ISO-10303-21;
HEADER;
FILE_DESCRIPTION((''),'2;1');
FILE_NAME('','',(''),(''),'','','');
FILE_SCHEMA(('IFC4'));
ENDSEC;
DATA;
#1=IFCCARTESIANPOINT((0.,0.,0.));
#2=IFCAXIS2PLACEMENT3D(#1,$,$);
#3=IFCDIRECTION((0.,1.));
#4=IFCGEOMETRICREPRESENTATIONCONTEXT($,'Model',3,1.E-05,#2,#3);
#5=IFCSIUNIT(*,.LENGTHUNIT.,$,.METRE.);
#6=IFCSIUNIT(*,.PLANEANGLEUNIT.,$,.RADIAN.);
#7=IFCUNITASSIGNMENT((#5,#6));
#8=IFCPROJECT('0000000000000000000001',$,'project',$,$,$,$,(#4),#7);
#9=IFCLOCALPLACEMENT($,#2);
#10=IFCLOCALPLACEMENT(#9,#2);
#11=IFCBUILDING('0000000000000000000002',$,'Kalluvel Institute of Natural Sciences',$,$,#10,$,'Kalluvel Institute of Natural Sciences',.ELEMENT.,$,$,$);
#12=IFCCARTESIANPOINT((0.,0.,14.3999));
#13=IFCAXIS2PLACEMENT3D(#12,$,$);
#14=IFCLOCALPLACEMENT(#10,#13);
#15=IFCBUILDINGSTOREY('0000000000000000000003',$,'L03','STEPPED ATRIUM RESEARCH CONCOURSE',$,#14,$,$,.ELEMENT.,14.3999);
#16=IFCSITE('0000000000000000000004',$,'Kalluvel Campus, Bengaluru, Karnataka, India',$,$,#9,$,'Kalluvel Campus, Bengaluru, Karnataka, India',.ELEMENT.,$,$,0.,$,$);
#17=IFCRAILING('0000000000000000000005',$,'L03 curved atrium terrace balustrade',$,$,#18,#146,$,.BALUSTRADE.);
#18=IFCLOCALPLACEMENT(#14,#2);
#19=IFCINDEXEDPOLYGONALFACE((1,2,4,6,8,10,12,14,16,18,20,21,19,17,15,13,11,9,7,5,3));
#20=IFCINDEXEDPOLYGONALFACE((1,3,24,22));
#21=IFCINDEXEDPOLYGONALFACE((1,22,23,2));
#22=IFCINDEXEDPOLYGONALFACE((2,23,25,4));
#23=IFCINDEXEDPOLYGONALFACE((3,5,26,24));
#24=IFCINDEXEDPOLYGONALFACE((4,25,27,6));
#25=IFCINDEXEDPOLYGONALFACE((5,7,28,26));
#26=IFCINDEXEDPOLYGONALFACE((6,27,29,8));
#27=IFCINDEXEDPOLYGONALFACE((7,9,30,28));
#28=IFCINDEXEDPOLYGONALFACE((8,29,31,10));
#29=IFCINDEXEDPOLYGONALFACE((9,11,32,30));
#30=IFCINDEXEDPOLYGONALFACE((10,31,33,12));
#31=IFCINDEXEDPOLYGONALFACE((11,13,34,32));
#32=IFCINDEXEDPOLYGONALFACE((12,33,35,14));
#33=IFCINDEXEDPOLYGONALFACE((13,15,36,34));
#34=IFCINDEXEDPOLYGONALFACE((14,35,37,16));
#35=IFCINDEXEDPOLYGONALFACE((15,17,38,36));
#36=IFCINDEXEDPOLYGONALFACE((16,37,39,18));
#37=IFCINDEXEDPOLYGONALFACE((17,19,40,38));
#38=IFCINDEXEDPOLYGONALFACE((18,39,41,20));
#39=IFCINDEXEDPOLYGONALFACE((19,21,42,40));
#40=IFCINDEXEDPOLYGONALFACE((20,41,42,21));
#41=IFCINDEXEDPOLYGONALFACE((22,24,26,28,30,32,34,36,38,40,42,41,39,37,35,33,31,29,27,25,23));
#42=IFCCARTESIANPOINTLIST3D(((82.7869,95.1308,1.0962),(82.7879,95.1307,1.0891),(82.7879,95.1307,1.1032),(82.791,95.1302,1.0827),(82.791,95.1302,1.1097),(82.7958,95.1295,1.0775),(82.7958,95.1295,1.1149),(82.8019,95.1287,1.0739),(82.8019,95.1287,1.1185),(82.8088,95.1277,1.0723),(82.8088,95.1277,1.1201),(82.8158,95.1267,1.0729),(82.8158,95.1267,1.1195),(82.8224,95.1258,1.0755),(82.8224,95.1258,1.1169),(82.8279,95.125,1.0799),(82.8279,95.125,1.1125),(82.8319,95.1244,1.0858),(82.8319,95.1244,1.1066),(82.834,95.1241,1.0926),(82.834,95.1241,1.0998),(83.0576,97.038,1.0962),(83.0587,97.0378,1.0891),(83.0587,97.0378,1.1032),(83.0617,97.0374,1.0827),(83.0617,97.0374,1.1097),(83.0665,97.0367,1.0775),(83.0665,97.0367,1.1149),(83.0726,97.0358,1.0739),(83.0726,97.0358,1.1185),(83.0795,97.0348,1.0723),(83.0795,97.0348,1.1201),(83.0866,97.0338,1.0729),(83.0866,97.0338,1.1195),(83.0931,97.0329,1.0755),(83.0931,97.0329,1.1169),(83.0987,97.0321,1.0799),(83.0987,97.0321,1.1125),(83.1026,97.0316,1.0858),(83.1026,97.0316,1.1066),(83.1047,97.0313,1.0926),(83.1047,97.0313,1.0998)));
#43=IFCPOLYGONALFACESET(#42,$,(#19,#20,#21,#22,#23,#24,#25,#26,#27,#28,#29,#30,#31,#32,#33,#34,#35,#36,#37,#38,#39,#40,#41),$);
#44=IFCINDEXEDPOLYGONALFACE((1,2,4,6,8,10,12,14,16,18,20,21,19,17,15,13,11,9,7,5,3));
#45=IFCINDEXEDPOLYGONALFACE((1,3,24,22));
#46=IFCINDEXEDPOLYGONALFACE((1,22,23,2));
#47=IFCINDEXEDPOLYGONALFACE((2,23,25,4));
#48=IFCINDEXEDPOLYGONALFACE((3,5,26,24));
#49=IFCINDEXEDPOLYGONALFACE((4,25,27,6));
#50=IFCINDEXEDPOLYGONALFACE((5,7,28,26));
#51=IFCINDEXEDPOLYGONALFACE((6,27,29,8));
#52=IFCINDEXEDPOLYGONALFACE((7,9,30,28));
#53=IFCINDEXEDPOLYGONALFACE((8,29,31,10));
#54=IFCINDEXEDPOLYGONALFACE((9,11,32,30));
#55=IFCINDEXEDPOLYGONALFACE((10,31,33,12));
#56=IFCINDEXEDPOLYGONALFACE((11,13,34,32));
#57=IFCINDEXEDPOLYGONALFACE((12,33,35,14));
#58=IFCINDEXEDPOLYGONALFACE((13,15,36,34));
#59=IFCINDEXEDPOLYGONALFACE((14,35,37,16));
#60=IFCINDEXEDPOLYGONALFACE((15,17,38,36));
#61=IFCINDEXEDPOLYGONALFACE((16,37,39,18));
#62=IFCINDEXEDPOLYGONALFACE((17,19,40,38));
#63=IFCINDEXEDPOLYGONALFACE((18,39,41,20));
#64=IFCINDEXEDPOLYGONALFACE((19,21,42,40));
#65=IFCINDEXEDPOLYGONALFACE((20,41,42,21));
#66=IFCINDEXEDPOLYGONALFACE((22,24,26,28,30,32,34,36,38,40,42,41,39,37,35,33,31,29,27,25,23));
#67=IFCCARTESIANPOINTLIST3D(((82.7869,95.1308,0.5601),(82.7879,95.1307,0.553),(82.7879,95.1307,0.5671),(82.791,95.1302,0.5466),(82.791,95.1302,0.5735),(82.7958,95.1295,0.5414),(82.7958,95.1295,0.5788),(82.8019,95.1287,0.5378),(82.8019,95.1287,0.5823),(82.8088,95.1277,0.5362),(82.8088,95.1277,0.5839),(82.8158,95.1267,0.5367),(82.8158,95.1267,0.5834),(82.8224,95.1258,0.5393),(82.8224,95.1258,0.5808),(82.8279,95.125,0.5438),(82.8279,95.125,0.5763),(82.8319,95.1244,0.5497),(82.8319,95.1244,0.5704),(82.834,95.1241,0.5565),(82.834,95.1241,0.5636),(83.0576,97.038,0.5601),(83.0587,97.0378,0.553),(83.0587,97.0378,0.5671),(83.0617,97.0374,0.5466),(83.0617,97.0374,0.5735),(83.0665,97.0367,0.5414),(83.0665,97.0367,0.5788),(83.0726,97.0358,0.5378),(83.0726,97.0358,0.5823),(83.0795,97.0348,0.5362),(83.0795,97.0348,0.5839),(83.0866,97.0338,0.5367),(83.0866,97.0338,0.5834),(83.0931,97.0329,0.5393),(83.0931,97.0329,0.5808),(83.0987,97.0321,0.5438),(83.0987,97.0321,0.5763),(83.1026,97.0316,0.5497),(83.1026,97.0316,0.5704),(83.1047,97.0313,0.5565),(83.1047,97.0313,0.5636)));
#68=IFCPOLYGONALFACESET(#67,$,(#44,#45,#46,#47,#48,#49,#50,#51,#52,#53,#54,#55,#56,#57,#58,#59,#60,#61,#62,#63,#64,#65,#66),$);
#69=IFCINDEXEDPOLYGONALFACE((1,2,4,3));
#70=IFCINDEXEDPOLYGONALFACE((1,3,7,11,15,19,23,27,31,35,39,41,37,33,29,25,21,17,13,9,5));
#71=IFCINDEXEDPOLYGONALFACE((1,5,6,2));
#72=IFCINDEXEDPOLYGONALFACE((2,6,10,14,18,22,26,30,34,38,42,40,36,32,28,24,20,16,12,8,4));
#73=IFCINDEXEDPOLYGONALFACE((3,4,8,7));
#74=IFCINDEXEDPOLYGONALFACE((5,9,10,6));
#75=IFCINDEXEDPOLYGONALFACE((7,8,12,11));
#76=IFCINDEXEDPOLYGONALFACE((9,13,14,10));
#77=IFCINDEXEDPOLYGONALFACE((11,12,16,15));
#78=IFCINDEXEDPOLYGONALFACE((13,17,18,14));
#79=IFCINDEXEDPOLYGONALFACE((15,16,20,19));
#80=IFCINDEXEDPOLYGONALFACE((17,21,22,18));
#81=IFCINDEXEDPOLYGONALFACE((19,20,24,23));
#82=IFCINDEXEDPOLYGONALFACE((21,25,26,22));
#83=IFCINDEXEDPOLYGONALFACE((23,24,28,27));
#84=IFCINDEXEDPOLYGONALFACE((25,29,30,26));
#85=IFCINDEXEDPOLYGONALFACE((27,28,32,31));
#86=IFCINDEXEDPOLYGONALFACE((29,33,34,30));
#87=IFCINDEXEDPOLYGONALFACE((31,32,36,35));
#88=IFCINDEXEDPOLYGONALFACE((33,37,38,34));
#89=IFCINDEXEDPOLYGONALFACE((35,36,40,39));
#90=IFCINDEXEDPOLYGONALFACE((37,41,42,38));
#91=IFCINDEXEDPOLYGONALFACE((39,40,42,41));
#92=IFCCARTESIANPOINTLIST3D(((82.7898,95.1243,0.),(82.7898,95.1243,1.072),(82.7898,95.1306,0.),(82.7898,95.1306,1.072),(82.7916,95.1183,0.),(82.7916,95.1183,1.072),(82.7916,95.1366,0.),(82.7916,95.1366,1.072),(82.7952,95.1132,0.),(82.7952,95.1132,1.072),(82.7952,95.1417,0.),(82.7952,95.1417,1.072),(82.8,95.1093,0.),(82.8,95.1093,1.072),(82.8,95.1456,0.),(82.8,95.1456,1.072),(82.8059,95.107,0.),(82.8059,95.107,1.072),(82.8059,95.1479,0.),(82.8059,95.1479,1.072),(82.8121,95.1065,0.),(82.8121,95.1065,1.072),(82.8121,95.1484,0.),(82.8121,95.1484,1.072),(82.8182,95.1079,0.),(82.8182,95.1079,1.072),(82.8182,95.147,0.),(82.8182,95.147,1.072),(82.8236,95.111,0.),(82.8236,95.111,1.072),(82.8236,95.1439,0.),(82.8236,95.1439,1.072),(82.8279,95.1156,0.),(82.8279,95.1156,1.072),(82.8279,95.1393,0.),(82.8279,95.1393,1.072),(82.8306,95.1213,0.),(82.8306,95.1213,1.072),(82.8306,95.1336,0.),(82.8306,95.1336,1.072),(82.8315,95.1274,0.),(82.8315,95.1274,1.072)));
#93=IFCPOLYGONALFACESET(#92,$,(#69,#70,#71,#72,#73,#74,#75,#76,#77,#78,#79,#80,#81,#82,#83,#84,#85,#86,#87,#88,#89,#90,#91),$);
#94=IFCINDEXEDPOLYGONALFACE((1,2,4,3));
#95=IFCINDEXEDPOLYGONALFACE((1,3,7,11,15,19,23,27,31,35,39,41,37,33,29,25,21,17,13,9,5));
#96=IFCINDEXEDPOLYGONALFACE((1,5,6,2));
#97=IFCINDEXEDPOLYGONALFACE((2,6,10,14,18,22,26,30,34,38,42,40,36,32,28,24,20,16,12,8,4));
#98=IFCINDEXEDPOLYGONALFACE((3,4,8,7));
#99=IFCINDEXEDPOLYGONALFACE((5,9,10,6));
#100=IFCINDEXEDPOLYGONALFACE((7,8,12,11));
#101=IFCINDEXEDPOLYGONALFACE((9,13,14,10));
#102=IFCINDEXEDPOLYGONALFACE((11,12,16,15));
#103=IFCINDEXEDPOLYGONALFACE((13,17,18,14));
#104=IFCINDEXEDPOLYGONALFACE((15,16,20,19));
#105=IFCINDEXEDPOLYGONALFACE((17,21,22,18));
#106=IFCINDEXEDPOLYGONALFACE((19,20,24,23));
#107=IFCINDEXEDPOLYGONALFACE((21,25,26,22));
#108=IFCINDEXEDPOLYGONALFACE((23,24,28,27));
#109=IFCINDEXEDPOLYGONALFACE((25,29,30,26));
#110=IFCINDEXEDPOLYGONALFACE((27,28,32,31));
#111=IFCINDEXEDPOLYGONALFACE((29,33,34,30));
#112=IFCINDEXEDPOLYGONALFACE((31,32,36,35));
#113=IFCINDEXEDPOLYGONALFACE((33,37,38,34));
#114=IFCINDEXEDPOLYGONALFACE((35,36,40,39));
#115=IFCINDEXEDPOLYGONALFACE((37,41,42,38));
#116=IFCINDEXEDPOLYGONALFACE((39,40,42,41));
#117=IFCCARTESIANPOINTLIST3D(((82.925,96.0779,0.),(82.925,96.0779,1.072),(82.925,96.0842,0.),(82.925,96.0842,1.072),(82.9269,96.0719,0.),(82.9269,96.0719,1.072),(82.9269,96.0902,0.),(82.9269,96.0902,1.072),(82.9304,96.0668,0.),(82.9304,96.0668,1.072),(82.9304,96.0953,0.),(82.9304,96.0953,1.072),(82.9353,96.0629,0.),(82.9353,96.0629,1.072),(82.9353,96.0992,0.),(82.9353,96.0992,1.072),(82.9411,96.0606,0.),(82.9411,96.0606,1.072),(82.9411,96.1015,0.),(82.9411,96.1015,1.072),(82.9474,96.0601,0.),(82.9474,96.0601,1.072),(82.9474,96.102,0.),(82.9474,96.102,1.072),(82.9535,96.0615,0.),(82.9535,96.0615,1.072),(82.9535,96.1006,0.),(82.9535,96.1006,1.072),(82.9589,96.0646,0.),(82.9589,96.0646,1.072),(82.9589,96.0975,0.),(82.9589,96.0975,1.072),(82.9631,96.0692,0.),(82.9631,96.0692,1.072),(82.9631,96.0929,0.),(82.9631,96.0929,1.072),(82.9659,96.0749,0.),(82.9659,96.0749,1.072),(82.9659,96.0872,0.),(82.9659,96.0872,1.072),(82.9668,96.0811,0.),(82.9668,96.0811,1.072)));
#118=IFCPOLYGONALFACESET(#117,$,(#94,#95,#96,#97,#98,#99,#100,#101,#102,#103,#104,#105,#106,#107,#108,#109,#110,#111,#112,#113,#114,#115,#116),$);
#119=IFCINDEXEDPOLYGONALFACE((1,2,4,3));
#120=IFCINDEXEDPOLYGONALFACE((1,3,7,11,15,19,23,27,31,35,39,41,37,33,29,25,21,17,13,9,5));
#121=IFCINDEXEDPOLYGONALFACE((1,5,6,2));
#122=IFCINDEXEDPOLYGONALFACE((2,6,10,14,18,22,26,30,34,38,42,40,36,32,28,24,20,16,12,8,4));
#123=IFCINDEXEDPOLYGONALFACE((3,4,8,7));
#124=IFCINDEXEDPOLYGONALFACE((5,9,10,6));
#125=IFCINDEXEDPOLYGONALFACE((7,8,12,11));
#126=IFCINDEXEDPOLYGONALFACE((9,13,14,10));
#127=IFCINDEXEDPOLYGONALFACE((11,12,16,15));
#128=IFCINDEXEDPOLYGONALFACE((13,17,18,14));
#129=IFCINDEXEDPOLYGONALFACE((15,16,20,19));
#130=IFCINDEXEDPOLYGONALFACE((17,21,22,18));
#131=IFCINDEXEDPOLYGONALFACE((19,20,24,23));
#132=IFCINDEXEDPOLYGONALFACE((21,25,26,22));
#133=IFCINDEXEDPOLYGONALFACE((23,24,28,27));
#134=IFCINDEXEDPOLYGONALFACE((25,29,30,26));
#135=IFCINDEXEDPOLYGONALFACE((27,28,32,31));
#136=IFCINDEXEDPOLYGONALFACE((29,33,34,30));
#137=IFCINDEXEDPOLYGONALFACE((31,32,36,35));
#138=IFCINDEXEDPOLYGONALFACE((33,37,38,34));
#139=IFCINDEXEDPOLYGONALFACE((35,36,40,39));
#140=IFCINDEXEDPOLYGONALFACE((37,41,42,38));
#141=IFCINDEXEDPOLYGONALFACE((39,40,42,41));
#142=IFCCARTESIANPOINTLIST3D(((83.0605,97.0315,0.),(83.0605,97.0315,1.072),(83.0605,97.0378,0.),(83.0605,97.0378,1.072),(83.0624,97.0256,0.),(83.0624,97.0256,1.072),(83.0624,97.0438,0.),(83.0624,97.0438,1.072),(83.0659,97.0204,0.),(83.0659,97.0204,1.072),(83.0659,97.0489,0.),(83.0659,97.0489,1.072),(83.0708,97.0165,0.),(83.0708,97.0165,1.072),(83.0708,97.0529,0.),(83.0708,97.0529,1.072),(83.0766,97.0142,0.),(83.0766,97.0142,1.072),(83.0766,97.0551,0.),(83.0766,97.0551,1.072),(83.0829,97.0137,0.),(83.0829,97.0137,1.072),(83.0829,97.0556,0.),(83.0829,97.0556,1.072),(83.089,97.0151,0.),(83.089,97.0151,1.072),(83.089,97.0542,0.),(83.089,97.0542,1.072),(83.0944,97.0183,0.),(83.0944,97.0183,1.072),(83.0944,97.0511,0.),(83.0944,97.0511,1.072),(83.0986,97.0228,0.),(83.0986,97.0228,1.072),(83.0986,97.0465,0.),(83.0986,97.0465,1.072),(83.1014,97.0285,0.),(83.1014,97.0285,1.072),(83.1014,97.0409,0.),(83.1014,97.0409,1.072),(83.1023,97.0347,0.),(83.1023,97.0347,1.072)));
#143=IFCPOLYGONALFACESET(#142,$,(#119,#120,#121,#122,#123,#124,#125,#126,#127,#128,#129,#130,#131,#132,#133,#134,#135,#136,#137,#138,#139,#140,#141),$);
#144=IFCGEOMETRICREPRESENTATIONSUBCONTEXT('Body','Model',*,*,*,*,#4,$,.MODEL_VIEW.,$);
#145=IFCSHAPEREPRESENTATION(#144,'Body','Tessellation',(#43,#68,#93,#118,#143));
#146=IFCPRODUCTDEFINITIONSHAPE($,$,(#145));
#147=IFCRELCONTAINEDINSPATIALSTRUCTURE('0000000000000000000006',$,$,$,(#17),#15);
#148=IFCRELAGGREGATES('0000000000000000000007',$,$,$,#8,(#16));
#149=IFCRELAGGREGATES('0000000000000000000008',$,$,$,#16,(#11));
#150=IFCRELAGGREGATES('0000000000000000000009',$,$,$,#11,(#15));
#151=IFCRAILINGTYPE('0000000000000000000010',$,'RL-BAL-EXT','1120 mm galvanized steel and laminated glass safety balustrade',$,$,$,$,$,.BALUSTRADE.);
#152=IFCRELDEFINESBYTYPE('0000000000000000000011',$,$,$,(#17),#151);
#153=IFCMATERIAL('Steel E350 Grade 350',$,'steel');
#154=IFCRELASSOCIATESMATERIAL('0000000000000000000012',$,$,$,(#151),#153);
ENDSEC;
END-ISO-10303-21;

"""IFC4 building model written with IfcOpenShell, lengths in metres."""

from ifc_helpers import new_model, si_unit, direction, frame, origin, origin_2d, place, context, subcontext, project, spatial, circle, extrude, material, type_object, element, save


model = new_model("IFC4")

# Units and contexts
model_context = context("Model", 3, precision=1e-05, world=origin(), true_north=direction((0.0, 1.0)))
body_context = subcontext(model_context, "Body", "Model", "MODEL_VIEW")
ifc_project = project(units=[si_unit("LENGTHUNIT", "METRE"), si_unit("PLANEANGLEUNIT", "RADIAN")], contexts=[model_context])

# Site, building, storey
site_placement = place(None, origin())
site = spatial("IfcSite", under=ifc_project, at=site_placement, Name="Kalluvel Campus, Bengaluru, Karnataka, India", LongName="Kalluvel Campus, Bengaluru, Karnataka, India", CompositionType="ELEMENT", RefElevation=0.0)
building_placement = place(site_placement, origin())
building = spatial("IfcBuilding", under=site, at=building_placement, Name="Kalluvel Institute of Natural Sciences", LongName="Kalluvel Institute of Natural Sciences", CompositionType="ELEMENT")
storey_placement = place(building_placement, frame((0.0, 0.0, 14.3999)))
storey = spatial("IfcBuildingStorey", under=building, at=storey_placement, Name="L03", Description="STEPPED ATRIUM RESEARCH CONCOURSE", CompositionType="ELEMENT", Elevation=14.3999)

# Railing
ifc_material_1 = material(Name="Steel E350 Grade 350", Category="steel")
railing_type = type_object("IfcRailingType", Name="RL-BAL-EXT", Description="1120 mm galvanized steel and laminated glass safety balustrade", PredefinedType="BALUSTRADE", material=ifc_material_1)
railing_1_placement = place(storey_placement, frame((82.8105, 95.1274, 0.0)))
element("IfcRailing", 1, at=railing_1_placement, inside=storey, type_object=railing_type, Name="L03 curved atrium terrace balustrade", PredefinedType="BALUSTRADE", context=body_context, shape_type="SweptSolid", body=[
    extrude(circle(Radius=0.0239, at=origin_2d()), frame((0.0, 0.0, 1.0962), z_axis=(0.140552, 0.990073, 0.0), x_axis=(-0.990073, 0.140552, 0.0)), (0.0, 0.0, 1.0), 1.9263),
    extrude(circle(Radius=0.0239, at=origin_2d()), frame((0.0, 0.0, 0.5601), z_axis=(0.140552, 0.990073, 0.0), x_axis=(-0.990073, 0.140552, 0.0)), (0.0, 0.0, 1.0), 1.9263),
    extrude(circle(Radius=0.021, at=origin_2d()), origin(), (0.0, 0.0, 1.0), 1.072),
    extrude(circle(Radius=0.021, at=origin_2d()), frame((0.1353, 0.9536, 0.0)), (0.0, 0.0, 1.0), 1.072),
    extrude(circle(Radius=0.021, at=origin_2d()), frame((0.2708, 1.9072, 0.0)), (0.0, 0.0, 1.0), 1.072),
])

save(model, "model.ifc")
